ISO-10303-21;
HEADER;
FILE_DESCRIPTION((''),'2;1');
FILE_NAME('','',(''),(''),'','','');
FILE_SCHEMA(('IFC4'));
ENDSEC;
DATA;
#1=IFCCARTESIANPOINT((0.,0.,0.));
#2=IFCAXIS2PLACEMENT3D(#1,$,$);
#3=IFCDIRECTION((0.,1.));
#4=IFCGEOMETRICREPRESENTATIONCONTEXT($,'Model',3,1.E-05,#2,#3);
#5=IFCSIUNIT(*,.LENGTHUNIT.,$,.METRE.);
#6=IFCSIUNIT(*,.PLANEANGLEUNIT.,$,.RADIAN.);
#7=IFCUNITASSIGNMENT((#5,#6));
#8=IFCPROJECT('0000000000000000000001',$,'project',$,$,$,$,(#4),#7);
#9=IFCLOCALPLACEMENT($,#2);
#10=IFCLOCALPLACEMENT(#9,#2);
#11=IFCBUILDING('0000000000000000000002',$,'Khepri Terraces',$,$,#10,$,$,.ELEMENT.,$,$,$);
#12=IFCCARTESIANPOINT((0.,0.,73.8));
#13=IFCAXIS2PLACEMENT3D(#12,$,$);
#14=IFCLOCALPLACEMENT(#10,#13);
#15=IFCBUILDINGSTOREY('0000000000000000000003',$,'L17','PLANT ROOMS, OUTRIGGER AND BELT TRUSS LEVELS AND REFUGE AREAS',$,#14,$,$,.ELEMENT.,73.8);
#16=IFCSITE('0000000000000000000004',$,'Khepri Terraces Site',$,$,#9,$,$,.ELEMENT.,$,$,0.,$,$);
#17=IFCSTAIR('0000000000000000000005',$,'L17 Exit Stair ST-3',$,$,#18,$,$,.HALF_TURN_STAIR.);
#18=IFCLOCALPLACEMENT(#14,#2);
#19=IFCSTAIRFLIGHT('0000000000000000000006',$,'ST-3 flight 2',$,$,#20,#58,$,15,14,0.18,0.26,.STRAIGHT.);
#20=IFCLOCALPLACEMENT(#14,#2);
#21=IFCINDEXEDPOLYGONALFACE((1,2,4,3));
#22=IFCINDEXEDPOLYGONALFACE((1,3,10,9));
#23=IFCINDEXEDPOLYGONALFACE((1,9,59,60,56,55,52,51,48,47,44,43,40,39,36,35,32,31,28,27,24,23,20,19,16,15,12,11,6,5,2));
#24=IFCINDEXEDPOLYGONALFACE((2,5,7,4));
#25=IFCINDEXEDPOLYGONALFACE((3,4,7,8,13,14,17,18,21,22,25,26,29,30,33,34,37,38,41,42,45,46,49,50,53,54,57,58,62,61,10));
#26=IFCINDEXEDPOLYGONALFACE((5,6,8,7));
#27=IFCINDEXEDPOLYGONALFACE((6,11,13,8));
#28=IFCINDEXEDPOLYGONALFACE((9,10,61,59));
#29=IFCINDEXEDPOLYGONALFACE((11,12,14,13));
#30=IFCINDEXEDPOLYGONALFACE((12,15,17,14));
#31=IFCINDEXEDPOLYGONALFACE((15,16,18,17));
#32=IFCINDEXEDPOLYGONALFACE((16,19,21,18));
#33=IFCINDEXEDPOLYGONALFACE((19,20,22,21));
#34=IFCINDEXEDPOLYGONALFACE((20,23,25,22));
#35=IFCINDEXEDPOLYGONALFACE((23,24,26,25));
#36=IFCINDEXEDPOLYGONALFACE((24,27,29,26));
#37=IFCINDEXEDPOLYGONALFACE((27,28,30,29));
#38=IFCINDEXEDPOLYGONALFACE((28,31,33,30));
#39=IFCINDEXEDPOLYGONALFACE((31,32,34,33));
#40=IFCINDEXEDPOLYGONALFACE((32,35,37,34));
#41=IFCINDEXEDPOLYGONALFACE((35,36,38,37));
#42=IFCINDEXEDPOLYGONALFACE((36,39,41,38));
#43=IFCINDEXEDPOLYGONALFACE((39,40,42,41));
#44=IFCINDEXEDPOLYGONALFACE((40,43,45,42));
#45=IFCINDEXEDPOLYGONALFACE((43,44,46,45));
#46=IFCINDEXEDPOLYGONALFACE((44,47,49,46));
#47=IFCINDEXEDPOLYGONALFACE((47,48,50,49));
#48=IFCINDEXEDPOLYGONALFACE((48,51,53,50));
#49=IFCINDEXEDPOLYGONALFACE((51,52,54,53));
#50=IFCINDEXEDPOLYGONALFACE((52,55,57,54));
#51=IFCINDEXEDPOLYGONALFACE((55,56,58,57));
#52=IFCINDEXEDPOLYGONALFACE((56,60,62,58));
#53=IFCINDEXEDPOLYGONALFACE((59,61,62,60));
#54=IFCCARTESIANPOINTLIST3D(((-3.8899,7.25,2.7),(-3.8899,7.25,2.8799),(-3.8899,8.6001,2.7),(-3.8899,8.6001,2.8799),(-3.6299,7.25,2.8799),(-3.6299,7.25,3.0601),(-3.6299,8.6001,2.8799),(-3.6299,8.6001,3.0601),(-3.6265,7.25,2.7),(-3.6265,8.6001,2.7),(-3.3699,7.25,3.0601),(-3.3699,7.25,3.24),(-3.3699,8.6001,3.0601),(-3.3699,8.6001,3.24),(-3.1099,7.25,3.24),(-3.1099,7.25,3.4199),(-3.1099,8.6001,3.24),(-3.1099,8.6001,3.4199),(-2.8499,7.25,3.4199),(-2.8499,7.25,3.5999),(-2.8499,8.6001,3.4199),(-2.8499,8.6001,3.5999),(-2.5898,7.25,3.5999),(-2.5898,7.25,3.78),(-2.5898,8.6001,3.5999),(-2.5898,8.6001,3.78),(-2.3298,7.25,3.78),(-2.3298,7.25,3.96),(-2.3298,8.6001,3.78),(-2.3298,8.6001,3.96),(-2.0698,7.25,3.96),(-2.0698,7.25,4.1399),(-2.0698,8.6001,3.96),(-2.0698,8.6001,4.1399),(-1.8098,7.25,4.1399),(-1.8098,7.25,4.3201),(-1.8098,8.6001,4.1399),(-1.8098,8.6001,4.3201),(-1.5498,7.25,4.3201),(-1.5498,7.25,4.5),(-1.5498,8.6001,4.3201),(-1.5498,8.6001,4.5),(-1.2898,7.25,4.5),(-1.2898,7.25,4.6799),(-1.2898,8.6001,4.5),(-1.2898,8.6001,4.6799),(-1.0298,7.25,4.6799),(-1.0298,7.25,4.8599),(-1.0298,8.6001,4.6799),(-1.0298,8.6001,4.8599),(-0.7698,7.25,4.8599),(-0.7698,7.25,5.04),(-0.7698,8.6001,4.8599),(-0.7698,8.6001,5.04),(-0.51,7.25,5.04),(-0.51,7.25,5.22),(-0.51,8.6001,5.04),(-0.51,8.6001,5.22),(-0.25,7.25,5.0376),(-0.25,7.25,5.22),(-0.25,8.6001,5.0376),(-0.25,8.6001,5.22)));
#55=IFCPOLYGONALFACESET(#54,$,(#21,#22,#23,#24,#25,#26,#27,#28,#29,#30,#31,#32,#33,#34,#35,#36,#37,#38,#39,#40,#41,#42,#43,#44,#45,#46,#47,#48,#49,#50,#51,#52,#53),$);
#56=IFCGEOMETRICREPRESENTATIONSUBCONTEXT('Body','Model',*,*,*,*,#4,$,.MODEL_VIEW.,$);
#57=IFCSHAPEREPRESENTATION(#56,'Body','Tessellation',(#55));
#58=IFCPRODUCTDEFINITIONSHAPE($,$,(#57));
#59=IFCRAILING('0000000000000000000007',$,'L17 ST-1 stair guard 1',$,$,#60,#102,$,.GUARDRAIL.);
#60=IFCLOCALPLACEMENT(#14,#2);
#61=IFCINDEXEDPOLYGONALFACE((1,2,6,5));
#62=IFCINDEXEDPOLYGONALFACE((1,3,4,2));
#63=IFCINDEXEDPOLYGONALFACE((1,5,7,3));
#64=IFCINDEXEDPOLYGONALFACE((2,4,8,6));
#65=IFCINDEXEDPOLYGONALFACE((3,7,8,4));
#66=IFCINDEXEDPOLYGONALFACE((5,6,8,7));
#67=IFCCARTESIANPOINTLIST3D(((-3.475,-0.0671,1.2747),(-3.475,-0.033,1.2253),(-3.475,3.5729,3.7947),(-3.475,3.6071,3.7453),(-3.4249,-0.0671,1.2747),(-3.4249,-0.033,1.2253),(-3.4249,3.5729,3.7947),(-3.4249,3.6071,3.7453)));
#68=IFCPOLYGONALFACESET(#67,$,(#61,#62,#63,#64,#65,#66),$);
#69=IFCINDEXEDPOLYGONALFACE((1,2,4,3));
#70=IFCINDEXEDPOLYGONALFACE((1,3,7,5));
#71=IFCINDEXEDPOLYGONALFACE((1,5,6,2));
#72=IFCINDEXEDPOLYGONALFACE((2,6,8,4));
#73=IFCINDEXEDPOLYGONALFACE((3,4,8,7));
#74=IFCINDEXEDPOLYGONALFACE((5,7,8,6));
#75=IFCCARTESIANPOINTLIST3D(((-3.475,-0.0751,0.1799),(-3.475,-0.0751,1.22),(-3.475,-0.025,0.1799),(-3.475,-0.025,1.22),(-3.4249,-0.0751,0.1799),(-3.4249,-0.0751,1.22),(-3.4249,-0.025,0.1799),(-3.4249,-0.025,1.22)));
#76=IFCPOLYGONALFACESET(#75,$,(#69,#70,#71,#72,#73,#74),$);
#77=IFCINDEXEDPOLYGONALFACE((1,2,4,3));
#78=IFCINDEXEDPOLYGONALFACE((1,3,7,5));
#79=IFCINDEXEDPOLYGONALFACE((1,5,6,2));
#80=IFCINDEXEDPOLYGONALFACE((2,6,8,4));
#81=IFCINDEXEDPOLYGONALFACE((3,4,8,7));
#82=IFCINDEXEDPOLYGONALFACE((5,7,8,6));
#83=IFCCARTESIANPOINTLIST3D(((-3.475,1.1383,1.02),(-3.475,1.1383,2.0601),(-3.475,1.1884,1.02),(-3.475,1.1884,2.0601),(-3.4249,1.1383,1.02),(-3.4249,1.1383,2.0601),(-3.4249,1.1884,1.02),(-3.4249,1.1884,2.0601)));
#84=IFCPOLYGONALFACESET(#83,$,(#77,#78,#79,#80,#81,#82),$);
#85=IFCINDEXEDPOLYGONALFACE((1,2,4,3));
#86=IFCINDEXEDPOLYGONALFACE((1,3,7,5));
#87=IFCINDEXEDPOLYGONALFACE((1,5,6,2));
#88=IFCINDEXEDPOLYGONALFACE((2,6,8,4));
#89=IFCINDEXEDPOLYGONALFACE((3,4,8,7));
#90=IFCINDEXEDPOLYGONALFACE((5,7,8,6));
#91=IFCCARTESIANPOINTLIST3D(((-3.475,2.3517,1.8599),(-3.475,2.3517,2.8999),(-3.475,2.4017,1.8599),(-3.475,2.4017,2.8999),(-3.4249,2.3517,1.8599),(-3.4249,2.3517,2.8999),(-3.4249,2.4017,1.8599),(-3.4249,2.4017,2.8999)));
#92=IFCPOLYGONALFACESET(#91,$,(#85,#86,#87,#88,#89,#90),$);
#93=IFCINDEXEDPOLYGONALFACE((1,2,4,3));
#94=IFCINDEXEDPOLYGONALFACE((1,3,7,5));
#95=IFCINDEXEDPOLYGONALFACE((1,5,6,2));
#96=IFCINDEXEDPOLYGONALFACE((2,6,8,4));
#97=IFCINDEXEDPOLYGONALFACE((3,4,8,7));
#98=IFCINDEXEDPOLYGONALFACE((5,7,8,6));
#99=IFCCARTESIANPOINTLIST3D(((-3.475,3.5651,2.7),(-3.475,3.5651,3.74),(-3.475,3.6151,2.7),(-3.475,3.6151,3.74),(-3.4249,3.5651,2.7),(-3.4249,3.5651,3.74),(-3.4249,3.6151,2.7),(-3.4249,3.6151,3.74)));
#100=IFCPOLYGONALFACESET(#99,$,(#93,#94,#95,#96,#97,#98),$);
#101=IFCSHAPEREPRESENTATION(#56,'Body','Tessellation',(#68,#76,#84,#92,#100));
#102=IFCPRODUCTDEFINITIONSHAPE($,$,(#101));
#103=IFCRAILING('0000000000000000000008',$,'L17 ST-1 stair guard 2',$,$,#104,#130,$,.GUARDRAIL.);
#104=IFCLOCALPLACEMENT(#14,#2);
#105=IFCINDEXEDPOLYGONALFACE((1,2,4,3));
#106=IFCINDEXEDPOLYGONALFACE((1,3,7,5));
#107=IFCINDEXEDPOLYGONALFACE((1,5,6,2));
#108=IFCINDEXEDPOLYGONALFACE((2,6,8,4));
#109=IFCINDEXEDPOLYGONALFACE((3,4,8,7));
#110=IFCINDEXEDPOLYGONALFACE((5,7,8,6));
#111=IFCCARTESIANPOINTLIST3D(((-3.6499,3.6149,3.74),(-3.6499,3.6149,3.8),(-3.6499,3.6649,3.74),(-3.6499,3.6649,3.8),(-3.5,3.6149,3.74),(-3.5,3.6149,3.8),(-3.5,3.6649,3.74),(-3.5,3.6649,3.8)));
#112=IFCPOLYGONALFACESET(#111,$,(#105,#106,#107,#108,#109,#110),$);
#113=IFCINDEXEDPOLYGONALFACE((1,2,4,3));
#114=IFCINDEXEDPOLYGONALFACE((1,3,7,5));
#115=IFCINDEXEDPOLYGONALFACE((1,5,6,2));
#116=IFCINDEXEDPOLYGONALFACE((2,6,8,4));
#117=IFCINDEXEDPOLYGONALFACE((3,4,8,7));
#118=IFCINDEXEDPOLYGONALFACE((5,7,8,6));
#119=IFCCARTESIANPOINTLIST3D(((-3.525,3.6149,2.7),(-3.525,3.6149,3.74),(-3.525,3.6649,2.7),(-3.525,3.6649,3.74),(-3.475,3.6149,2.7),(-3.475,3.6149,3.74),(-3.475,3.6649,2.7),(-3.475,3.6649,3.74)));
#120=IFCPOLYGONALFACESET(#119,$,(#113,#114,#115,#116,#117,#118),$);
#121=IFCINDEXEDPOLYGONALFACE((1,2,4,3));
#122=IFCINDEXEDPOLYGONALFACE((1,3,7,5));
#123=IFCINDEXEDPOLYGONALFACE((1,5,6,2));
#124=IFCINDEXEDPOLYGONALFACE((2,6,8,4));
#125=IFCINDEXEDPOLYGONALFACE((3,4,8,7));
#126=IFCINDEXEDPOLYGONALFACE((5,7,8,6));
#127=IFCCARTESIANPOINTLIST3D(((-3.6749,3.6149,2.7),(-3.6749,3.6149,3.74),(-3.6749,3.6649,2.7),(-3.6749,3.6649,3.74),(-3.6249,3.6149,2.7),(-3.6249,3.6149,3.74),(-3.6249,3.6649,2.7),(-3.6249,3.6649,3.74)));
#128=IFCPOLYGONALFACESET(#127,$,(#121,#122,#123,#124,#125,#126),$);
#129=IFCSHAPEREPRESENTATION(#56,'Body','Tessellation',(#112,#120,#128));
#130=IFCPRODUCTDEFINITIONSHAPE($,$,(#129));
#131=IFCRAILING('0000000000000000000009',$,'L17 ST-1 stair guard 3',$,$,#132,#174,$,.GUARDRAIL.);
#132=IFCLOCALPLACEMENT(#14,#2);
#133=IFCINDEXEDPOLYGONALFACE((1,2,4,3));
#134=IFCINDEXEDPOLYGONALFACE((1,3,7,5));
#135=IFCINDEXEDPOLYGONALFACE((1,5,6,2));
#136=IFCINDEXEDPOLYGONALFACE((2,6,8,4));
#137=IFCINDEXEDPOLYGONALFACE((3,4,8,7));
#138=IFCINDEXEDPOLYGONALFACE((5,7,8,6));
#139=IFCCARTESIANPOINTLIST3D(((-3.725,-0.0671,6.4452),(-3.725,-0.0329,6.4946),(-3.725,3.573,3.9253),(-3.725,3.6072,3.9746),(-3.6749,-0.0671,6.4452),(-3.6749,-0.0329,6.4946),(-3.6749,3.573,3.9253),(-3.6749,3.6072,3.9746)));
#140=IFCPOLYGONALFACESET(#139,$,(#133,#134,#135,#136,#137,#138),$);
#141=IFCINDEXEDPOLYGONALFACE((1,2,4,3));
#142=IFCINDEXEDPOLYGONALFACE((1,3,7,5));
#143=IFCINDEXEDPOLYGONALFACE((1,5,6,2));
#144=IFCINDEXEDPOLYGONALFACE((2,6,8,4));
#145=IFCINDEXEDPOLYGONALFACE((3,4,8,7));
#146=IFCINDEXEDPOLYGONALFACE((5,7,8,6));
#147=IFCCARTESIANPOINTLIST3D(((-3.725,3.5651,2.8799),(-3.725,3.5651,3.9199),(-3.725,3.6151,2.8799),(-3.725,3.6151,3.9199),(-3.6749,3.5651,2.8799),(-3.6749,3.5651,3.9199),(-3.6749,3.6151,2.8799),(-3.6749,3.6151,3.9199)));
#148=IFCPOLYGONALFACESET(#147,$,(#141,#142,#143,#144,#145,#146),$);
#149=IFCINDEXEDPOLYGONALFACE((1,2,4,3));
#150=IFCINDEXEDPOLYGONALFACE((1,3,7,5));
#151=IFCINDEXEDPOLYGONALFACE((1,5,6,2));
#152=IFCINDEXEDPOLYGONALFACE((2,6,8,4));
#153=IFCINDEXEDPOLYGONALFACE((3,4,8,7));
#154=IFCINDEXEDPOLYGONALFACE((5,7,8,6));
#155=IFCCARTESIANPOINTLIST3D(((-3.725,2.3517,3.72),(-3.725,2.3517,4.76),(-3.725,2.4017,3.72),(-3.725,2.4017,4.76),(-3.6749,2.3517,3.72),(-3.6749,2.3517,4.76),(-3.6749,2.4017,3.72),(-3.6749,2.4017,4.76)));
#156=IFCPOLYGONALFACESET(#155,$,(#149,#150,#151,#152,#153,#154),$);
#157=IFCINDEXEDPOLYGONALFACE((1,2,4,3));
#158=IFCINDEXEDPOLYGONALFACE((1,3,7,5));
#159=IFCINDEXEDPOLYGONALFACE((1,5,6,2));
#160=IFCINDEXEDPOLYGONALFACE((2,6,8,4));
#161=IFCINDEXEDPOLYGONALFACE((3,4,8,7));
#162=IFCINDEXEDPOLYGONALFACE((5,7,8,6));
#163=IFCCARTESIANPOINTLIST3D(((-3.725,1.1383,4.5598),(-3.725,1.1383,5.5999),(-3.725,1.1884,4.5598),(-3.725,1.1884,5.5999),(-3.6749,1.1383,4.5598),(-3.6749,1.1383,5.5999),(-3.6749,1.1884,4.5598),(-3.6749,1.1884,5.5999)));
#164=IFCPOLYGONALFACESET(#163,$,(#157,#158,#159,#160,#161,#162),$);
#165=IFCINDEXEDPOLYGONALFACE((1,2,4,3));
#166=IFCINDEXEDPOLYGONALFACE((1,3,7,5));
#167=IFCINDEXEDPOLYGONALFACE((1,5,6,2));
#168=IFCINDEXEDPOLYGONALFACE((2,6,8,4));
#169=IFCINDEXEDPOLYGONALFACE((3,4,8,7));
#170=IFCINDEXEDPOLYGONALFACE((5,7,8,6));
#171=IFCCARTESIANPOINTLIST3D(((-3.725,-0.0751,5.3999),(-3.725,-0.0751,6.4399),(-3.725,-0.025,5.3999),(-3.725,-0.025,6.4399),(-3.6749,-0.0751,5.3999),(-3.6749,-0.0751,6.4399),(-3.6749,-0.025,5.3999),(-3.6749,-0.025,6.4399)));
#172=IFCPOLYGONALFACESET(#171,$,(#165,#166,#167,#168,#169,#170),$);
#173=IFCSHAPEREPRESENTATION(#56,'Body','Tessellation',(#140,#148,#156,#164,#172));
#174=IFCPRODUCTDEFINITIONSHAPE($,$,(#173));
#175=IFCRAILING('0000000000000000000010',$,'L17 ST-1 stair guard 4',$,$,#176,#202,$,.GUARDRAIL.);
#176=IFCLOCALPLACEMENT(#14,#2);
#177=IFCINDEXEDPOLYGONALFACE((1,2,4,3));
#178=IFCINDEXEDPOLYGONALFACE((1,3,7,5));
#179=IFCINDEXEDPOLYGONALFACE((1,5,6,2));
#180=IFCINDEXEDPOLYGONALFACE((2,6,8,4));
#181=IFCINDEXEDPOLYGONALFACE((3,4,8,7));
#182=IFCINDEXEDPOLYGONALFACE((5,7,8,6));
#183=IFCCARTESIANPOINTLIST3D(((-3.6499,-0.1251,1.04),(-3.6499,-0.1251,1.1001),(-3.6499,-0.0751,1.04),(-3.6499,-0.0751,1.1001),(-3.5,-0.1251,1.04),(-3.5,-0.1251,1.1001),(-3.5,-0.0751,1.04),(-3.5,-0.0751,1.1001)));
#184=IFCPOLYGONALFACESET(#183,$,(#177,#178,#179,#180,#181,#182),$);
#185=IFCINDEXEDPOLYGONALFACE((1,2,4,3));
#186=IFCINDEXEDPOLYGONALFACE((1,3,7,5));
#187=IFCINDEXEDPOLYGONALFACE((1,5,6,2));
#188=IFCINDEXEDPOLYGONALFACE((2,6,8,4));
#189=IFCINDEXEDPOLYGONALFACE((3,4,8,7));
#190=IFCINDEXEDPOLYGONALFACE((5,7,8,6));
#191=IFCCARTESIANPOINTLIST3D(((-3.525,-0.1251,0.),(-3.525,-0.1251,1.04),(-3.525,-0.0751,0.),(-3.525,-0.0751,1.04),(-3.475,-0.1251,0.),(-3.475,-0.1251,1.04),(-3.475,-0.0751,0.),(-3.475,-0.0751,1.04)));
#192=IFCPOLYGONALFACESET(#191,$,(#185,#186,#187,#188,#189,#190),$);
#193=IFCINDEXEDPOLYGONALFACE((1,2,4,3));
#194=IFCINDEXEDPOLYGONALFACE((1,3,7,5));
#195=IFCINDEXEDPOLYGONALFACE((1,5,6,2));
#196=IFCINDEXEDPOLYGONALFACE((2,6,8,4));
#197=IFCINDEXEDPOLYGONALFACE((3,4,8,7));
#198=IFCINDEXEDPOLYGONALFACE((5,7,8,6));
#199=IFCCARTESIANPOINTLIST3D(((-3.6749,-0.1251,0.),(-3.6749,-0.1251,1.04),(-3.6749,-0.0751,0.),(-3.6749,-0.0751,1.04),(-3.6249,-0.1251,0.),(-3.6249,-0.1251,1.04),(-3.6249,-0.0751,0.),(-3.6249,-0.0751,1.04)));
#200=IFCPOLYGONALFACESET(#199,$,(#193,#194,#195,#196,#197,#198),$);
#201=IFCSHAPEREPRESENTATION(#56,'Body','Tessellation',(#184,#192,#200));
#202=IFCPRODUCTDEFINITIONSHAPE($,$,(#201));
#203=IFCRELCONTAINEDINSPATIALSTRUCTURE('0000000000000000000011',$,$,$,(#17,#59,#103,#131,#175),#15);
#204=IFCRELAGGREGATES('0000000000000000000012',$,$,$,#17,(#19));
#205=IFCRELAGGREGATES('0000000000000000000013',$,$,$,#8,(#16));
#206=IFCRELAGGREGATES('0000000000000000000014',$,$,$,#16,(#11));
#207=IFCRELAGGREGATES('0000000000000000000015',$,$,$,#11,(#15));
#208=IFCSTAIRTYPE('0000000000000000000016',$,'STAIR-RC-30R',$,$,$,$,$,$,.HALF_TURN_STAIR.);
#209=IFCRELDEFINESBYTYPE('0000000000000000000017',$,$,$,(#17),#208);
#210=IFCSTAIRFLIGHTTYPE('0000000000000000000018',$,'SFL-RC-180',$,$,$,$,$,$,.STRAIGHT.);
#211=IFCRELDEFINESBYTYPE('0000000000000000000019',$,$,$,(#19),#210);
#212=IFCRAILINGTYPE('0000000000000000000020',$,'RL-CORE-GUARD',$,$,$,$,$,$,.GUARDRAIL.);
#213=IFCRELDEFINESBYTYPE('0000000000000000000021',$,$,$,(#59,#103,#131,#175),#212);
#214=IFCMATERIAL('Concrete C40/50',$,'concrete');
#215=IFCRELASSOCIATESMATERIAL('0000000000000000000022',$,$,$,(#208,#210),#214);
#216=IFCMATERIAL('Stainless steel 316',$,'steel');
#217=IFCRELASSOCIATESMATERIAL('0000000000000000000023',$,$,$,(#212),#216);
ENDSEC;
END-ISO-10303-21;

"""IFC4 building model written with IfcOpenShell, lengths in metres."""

from ifc_helpers import new_model, si_unit, direction, frame, origin, origin_2d, place, context, subcontext, project, spatial, polyline, rectangle, outline, extrude, material, type_object, element, aggregate, save


model = new_model("IFC4")

# Units and contexts
model_context = context("Model", 3, precision=1e-05, world=origin(), true_north=direction((0.0, 1.0)))
body_context = subcontext(model_context, "Body", "Model", "MODEL_VIEW")
ifc_project = project(units=[si_unit("LENGTHUNIT", "METRE"), si_unit("PLANEANGLEUNIT", "RADIAN")], contexts=[model_context])

# Site, building, storey
site_placement = place(None, origin())
site = spatial("IfcSite", under=ifc_project, at=site_placement, Name="Khepri Terraces Site", CompositionType="ELEMENT", RefElevation=0.0)
building_placement = place(site_placement, origin())
building = spatial("IfcBuilding", under=site, at=building_placement, Name="Khepri Terraces", CompositionType="ELEMENT")
storey_placement = place(building_placement, frame((0.0, 0.0, 73.8)))
storey = spatial("IfcBuildingStorey", under=building, at=storey_placement, Name="L17", Description="PLANT ROOMS, OUTRIGGER AND BELT TRUSS LEVELS AND REFUGE AREAS", CompositionType="ELEMENT", Elevation=73.8)

# Stair, stair flight
ifc_material_1 = material(Name="Concrete C40/50", Category="concrete")
stair_type = type_object("IfcStairType", Name="STAIR-RC-30R", PredefinedType="HALF_TURN_STAIR", material=ifc_material_1)
stair_flight_type = type_object("IfcStairFlightType", Name="SFL-RC-180", PredefinedType="STRAIGHT", material=ifc_material_1)
stair_1_placement = place(storey_placement, origin())
stair_1 = element("IfcStair", 1, at=stair_1_placement, inside=storey, type_object=stair_type, Name="L17 Exit Stair ST-3", PredefinedType="HALF_TURN_STAIR")
stair_flight_1_placement = place(storey_placement, frame((-3.8899, 7.925, 2.7), z_axis=(0.0, 0.0, 1.0), x_axis=(1.0, 0.0, 0.0)))
stair_flight_1 = element("IfcStairFlight", 2, at=stair_flight_1_placement, type_object=stair_flight_type, Name="ST-3 flight 2", NumberOfRisers=15, NumberOfTreads=14, PredefinedType="STRAIGHT", RiserHeight=0.18, TreadLength=0.26, context=body_context, shape_type="SweptSolid", body=[
    extrude(outline(polyline([(0.0, 0.0), (0.0, 0.1799), (0.26, 0.1799), (0.26, 0.3601), (0.52, 0.3601), (0.52, 0.54), (0.78, 0.54), (0.78, 0.72), (1.04, 0.72), (1.04, 0.8999), (1.3, 0.8999), (1.3, 1.0801), (1.5601, 1.0801), (1.5601, 1.26), (1.8201, 1.26), (1.8201, 1.4399), (2.0801, 1.4399), (2.0801, 1.6201), (2.3401, 1.6201), (2.3401, 1.8), (2.6001, 1.8), (2.6001, 1.98), (2.8601, 1.98), (2.8601, 2.1599), (3.1201, 2.1599), (3.1201, 2.3401), (3.3799, 2.3401), (3.3799, 2.52), (3.6399, 2.52), (3.6399, 2.7), (3.6399, 2.3376), (0.2634, 0.0), (0.0, 0.0)])), frame((0.0, 0.675, 0.0), z_axis=(0.0, -1.0, 0.0), x_axis=(1.0, 0.0, 0.0)), (0.0, 0.0, 1.0), 1.3501),
])
aggregate(stair_1, [stair_flight_1])

# Railings
ifc_material_2 = material(Name="Stainless steel 316", Category="steel")
railing_type_1 = type_object("IfcRailingType", Name="RL-CORE-GUARD", PredefinedType="GUARDRAIL", material=ifc_material_2)
railing_1_placement = place(storey_placement, frame((-3.45, -0.05, 0.1799)))
element("IfcRailing", 3, at=railing_1_placement, inside=storey, type_object=railing_type_1, Name="L17 ST-1 stair guard 1", PredefinedType="GUARDRAIL", context=body_context, shape_type="SweptSolid", body=[
    extrude(rectangle(XDim=0.05, YDim=0.0601, at=origin_2d()), frame((0.0, 0.0, 1.0701), z_axis=(0.0, 0.8222, 0.569199), x_axis=(-1.0, 0.0, 0.0)), (0.0, 0.0, 1.0), 4.4272),
    extrude(rectangle(XDim=0.05, YDim=0.05, at=origin_2d()), origin(), (0.0, 0.0, 1.0), 1.04),
    extrude(rectangle(XDim=0.05, YDim=0.05, at=origin_2d()), frame((0.0, 1.2134, 0.8401)), (0.0, 0.0, 1.0), 1.04),
    extrude(rectangle(XDim=0.05, YDim=0.05, at=origin_2d()), frame((0.0, 2.4268, 1.6799)), (0.0, 0.0, 1.0), 1.04),
    extrude(rectangle(XDim=0.05, YDim=0.05, at=origin_2d()), frame((0.0, 3.6401, 2.52)), (0.0, 0.0, 1.0), 1.04),
])
railing_2_placement = place(storey_placement, frame((-3.5, 3.6399, 2.7)))
element("IfcRailing", 4, at=railing_2_placement, inside=storey, type_object=railing_type_1, Name="L17 ST-1 stair guard 2", PredefinedType="GUARDRAIL", context=body_context, shape_type="SweptSolid", body=[
    extrude(rectangle(XDim=0.05, YDim=0.0601, at=origin_2d()), frame((0.0, 0.0, 1.0701), z_axis=(-1.0, 0.0, 0.0), x_axis=(0.0, -1.0, 0.0)), (0.0, 0.0, 1.0), 0.1499),
    extrude(rectangle(XDim=0.05, YDim=0.05, at=origin_2d()), origin(), (0.0, 0.0, 1.0), 1.04),
    extrude(rectangle(XDim=0.05, YDim=0.05, at=origin_2d()), frame((-0.1499, 0.0, 0.0)), (0.0, 0.0, 1.0), 1.04),
])
railing_3_placement = place(storey_placement, frame((-3.7, 3.5901, 2.8799)))
element("IfcRailing", 5, at=railing_3_placement, inside=storey, type_object=railing_type_1, Name="L17 ST-1 stair guard 3", PredefinedType="GUARDRAIL", context=body_context, shape_type="SweptSolid", body=[
    extrude(rectangle(XDim=0.05, YDim=0.0601, at=origin_2d()), frame((0.0, 0.0, 1.0701), z_axis=(0.0, -0.8222, 0.569199), x_axis=(1.0, 0.0, 0.0)), (0.0, 0.0, 1.0), 4.4272),
    extrude(rectangle(XDim=0.05, YDim=0.05, at=origin_2d()), origin(), (0.0, 0.0, 1.0), 1.04),
    extrude(rectangle(XDim=0.05, YDim=0.05, at=origin_2d()), frame((0.0, -1.2134, 0.8401)), (0.0, 0.0, 1.0), 1.04),
    extrude(rectangle(XDim=0.05, YDim=0.05, at=origin_2d()), frame((0.0, -2.4268, 1.6799)), (0.0, 0.0, 1.0), 1.04),
    extrude(rectangle(XDim=0.05, YDim=0.05, at=origin_2d()), frame((0.0, -3.6401, 2.52)), (0.0, 0.0, 1.0), 1.04),
])
railing_4_placement = place(storey_placement, frame((-3.5, -0.1001, 0.0)))
element("IfcRailing", 6, at=railing_4_placement, inside=storey, type_object=railing_type_1, Name="L17 ST-1 stair guard 4", PredefinedType="GUARDRAIL", context=body_context, shape_type="SweptSolid", body=[
    extrude(rectangle(XDim=0.05, YDim=0.0601, at=origin_2d()), frame((0.0, 0.0, 1.0701), z_axis=(-1.0, 0.0, 0.0), x_axis=(0.0, -1.0, 0.0)), (0.0, 0.0, 1.0), 0.1499),
    extrude(rectangle(XDim=0.05, YDim=0.05, at=origin_2d()), origin(), (0.0, 0.0, 1.0), 1.04),
    extrude(rectangle(XDim=0.05, YDim=0.05, at=origin_2d()), frame((-0.1499, 0.0, 0.0)), (0.0, 0.0, 1.0), 1.04),
])

save(model, "model.ifc")
